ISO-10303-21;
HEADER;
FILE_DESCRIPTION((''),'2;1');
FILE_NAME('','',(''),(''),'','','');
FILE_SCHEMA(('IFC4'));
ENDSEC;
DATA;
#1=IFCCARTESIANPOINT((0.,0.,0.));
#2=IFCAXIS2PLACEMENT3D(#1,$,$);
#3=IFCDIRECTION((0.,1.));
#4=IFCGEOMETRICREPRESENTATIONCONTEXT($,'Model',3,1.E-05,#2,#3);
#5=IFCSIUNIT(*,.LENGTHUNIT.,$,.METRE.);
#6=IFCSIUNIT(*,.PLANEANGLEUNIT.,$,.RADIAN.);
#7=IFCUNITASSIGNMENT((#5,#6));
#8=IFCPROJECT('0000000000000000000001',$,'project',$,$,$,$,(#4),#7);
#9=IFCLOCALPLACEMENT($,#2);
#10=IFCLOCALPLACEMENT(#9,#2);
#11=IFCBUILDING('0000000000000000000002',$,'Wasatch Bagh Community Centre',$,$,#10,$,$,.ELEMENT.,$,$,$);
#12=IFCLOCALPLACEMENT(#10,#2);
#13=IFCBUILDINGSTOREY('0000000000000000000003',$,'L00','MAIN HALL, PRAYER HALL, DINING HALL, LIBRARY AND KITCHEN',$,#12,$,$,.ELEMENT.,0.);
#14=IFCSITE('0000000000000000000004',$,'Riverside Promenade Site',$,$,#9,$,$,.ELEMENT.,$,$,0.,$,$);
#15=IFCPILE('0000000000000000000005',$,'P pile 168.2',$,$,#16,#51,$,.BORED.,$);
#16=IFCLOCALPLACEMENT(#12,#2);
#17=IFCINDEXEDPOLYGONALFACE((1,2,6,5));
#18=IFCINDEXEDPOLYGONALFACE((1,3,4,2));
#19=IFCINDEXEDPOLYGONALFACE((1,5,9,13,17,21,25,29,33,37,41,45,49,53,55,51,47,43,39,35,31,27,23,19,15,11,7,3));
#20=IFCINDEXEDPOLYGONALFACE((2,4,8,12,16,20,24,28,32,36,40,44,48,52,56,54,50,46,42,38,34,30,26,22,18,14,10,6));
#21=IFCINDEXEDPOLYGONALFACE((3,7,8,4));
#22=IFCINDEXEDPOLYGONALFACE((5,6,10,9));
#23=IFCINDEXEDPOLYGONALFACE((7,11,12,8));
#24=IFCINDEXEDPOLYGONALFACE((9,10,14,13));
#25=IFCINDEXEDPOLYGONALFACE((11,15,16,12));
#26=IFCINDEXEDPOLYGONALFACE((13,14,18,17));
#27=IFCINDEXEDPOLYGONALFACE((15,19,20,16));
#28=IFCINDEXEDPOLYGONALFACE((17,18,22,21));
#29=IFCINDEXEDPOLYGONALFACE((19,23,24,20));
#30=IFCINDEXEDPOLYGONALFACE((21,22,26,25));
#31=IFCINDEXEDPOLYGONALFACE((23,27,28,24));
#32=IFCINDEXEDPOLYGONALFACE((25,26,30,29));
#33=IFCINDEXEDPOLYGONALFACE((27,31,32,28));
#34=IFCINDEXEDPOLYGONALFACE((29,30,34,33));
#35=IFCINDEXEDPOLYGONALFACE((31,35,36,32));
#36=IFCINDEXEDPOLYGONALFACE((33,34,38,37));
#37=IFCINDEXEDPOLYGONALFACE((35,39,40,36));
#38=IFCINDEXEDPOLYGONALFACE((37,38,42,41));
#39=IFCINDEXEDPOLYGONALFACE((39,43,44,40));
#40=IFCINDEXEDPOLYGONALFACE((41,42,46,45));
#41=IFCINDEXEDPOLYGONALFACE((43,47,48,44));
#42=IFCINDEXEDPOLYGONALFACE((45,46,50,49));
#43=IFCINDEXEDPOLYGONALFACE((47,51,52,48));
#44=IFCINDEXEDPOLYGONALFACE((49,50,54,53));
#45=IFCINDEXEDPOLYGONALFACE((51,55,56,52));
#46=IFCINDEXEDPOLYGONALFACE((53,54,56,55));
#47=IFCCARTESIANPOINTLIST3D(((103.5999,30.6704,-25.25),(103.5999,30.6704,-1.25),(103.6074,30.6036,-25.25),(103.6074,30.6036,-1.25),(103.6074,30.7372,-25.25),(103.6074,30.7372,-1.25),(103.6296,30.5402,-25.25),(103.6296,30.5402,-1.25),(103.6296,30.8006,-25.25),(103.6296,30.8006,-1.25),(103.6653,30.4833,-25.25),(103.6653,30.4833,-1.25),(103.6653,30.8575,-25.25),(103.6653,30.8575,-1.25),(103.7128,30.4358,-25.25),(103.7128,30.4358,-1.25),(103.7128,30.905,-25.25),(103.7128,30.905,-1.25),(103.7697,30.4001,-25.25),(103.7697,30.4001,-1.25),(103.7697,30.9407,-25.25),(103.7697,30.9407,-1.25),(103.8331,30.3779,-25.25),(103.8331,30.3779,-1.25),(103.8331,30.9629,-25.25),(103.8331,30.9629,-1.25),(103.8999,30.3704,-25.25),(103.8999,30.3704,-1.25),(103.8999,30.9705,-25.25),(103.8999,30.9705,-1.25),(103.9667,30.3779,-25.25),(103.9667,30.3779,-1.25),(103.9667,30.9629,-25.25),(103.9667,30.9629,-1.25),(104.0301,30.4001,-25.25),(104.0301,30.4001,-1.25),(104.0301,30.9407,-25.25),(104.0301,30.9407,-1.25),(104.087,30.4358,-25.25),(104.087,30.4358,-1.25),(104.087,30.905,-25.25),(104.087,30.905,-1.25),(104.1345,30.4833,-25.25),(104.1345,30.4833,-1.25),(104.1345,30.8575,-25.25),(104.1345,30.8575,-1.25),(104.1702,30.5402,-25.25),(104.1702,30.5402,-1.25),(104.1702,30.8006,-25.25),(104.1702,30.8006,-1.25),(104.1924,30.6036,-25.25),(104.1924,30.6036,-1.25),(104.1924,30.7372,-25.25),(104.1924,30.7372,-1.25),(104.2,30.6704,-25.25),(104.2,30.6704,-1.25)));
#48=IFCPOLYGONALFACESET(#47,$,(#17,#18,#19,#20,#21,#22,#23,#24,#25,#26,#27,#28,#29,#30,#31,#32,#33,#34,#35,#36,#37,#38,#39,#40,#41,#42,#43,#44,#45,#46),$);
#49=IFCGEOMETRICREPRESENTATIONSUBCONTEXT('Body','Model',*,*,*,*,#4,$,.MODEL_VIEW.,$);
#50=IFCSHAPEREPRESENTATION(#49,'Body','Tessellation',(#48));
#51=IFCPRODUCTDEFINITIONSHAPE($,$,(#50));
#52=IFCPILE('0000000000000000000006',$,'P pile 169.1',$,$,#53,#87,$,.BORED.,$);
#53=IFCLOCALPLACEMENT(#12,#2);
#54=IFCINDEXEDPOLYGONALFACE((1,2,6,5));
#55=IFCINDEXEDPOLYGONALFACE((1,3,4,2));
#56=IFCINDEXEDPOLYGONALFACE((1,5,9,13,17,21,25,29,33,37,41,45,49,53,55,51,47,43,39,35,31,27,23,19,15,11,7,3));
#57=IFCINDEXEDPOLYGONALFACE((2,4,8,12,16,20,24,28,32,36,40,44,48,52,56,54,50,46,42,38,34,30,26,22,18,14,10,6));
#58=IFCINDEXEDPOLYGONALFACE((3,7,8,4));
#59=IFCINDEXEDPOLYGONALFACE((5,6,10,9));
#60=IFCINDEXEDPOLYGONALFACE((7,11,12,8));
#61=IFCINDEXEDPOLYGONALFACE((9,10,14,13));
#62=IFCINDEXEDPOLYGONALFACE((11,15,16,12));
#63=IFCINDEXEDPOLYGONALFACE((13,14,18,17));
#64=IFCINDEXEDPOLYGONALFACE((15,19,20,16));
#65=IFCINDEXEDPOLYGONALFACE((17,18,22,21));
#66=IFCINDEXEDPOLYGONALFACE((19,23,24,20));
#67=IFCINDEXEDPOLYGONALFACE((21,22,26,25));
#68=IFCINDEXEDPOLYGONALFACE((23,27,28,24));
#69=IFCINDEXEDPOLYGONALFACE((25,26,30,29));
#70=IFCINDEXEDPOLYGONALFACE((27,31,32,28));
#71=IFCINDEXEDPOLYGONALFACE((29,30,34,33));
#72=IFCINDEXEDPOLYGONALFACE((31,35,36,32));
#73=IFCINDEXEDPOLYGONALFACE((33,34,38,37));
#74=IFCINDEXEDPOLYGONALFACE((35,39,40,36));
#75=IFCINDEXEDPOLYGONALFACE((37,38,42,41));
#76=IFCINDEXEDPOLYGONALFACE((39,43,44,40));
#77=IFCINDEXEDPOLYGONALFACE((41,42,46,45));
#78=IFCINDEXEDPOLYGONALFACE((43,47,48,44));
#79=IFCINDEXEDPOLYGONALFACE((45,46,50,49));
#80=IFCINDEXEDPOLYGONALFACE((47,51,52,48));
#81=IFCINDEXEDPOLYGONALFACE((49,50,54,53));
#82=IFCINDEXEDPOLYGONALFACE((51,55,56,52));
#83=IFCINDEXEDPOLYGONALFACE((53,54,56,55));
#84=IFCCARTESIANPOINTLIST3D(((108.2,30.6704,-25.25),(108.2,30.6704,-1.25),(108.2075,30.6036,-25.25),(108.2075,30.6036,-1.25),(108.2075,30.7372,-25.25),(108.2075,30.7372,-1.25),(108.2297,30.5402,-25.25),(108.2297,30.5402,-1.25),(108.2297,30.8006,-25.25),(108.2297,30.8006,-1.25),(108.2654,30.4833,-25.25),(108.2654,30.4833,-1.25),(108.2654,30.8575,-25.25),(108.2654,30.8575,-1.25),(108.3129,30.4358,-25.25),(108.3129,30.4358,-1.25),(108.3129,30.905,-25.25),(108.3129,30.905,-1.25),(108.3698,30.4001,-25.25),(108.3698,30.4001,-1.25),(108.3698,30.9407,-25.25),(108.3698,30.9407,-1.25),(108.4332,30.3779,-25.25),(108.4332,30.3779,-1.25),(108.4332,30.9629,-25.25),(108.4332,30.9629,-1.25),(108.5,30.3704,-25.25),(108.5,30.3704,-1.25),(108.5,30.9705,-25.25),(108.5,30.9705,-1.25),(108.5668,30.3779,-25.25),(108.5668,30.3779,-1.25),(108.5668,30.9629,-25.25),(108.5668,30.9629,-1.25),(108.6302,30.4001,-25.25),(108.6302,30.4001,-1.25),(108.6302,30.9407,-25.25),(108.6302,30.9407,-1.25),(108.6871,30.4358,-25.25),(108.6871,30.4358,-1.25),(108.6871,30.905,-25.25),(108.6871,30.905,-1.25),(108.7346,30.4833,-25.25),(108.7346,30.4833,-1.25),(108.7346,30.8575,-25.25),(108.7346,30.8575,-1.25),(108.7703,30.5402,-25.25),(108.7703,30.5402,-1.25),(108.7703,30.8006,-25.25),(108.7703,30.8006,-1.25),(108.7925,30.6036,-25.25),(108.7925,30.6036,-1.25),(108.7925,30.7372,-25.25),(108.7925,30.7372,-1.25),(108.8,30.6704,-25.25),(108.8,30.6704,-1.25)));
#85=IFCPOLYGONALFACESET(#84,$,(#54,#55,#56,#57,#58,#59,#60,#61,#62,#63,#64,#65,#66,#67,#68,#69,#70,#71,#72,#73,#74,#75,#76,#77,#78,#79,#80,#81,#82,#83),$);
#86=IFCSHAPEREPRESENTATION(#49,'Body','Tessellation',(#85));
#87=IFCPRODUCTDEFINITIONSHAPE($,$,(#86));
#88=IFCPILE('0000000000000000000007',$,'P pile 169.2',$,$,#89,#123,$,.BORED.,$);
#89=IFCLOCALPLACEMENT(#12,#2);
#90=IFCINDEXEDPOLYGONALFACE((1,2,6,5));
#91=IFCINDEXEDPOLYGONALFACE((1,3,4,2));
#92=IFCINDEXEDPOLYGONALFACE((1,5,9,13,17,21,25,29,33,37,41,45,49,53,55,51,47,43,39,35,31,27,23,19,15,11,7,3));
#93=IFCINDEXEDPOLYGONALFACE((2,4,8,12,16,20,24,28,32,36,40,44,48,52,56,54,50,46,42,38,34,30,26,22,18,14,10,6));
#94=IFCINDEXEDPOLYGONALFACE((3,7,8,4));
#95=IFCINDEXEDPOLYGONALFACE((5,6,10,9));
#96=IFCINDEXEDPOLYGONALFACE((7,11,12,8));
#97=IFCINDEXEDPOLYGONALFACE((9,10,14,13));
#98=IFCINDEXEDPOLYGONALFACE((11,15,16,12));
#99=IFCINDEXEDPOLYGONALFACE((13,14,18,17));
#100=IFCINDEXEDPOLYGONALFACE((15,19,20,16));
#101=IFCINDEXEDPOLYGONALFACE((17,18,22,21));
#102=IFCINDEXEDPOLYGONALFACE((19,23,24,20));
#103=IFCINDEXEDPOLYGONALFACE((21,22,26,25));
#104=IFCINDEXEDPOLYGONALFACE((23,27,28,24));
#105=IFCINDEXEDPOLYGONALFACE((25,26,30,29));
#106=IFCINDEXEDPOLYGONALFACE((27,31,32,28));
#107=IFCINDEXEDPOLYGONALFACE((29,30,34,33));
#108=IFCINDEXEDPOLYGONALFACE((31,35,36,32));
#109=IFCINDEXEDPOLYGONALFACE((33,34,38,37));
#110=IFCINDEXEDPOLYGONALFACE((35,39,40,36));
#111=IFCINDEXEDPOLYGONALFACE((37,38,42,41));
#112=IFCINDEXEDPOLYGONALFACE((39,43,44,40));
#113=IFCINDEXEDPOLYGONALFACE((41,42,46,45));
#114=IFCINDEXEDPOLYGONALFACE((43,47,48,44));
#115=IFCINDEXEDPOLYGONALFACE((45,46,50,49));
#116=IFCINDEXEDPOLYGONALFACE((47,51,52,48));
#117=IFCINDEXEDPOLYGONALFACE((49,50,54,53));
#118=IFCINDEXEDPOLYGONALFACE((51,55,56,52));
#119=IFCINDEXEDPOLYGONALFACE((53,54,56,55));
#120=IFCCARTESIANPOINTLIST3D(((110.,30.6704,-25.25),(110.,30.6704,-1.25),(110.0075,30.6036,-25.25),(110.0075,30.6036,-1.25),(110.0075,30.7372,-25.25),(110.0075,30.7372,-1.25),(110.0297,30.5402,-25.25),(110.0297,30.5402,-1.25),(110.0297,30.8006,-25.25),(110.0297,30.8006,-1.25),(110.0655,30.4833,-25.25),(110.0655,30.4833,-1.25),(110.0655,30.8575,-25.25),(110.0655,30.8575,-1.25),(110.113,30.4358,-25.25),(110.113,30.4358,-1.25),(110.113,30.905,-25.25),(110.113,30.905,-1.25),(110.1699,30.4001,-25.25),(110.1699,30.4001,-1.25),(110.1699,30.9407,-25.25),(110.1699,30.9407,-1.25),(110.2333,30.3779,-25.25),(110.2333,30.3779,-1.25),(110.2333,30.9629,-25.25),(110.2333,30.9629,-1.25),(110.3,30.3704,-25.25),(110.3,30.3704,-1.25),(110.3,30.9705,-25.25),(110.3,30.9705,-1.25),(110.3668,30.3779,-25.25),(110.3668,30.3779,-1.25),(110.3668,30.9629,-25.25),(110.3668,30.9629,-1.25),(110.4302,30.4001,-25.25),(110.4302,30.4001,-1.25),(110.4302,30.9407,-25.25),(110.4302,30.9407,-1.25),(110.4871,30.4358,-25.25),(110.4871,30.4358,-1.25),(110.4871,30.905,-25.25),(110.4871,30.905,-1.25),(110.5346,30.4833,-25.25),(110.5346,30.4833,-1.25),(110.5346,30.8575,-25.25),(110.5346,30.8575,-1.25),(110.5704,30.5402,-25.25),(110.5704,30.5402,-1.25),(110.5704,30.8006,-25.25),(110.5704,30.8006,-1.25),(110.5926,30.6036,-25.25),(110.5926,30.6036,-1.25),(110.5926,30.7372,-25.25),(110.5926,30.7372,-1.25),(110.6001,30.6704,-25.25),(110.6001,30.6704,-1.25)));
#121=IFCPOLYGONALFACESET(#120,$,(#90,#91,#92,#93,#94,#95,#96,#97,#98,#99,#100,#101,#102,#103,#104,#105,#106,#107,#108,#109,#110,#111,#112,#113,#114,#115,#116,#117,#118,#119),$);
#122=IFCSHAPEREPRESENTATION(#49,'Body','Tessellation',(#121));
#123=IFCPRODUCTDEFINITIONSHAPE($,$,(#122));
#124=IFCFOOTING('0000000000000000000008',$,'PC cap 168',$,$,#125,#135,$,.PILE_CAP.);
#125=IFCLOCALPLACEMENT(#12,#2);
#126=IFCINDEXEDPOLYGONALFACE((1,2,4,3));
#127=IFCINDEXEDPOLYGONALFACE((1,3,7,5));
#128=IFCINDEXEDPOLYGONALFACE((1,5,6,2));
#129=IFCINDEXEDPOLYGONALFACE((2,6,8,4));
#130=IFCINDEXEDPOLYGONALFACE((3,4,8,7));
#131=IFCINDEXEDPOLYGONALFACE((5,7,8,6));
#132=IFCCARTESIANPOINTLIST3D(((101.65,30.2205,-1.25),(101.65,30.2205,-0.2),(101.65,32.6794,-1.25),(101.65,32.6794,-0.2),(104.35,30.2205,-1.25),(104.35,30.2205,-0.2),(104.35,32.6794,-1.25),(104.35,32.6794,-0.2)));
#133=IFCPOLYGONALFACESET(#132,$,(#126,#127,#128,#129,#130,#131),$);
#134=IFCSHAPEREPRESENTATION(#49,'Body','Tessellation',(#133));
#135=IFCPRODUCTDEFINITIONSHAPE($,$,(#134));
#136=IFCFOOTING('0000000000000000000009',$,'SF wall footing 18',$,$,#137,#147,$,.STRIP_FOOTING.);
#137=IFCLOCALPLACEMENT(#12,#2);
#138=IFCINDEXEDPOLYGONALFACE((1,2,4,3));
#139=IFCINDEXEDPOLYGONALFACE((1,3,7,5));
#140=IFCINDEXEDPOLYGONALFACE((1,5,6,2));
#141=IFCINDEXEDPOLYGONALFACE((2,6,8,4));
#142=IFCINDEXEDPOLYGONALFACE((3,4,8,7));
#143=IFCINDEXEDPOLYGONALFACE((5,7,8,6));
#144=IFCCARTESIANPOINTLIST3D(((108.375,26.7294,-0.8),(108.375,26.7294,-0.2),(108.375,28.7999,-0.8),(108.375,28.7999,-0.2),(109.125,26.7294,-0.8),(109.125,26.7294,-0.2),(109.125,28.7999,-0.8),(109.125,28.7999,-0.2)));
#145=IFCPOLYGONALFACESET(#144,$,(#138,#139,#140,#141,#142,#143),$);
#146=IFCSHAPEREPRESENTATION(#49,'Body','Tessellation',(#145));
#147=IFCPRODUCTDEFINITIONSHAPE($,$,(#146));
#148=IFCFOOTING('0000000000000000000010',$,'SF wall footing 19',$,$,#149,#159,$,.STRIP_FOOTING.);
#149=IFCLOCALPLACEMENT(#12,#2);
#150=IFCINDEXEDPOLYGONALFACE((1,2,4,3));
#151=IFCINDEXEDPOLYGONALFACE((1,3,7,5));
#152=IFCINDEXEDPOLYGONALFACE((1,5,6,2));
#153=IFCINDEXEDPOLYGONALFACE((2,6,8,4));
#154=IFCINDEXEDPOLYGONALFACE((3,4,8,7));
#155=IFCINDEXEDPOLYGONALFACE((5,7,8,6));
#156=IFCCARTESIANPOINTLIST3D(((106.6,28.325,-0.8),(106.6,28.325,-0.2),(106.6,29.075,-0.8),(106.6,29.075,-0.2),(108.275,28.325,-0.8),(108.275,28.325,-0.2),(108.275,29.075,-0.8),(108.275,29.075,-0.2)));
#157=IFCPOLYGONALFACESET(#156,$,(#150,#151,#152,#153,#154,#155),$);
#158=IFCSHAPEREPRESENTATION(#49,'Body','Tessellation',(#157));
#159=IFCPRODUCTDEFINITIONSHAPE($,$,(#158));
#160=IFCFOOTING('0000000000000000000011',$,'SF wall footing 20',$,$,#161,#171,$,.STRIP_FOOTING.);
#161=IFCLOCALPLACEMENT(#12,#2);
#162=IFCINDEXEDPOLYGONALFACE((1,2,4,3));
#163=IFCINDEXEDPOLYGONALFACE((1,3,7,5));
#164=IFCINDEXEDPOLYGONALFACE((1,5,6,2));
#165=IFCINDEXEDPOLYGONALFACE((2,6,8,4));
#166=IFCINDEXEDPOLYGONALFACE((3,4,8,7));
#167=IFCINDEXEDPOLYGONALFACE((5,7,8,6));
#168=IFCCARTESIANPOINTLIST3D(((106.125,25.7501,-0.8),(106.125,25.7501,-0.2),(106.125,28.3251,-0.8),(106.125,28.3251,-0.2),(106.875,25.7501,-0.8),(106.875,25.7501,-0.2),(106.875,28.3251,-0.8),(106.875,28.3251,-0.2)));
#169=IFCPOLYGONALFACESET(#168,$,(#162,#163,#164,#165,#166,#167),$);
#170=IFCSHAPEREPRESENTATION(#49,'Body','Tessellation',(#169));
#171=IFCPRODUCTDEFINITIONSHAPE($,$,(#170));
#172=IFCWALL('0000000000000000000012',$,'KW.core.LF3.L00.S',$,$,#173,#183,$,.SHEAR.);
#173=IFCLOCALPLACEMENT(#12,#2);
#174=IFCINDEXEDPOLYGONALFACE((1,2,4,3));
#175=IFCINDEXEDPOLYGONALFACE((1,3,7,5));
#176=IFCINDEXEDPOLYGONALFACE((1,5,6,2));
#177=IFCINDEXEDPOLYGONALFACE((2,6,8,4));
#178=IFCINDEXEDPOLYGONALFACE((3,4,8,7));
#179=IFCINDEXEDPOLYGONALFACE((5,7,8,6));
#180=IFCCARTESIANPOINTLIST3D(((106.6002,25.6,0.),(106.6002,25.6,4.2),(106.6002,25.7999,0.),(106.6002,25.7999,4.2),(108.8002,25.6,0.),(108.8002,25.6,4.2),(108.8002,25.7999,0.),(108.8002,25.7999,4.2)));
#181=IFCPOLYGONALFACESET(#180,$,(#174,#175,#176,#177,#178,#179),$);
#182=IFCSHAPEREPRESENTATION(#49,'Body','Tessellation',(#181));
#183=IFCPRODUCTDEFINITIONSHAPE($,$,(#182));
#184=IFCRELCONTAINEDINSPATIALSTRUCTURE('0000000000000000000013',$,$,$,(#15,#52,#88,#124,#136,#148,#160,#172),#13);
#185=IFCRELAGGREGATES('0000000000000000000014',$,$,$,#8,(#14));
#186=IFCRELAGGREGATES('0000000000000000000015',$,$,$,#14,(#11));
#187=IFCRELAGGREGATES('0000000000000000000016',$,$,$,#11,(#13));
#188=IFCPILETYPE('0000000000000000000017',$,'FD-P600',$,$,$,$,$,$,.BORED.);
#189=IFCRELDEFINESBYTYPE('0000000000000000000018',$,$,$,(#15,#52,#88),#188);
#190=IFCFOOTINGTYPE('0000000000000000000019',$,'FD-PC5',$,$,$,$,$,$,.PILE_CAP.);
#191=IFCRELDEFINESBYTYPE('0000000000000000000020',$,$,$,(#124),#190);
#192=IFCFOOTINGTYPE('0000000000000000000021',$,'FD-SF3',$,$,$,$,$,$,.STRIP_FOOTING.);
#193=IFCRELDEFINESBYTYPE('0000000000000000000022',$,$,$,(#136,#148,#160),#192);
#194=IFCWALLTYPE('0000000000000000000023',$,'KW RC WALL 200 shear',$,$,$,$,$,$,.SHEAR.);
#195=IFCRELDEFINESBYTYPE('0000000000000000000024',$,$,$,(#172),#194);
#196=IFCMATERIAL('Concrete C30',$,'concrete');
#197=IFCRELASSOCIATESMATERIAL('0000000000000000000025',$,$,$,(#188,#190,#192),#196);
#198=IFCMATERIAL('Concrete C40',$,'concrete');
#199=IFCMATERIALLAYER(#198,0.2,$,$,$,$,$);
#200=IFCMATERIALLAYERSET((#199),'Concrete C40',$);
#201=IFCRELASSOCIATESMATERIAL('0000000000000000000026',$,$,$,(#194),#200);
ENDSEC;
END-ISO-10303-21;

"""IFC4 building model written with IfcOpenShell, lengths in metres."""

from ifc_helpers import new_model, si_unit, direction, frame, frame_2d, origin, origin_2d, place, context, subcontext, project, spatial, rectangle, circle, extrude, material, layer, layer_set, material_profile, profile_set, type_object, element, save


model = new_model("IFC4")

# Units and contexts
model_context = context("Model", 3, precision=1e-05, world=origin(), true_north=direction((0.0, 1.0)))
body_context = subcontext(model_context, "Body", "Model", "MODEL_VIEW")
ifc_project = project(units=[si_unit("LENGTHUNIT", "METRE"), si_unit("PLANEANGLEUNIT", "RADIAN")], contexts=[model_context])

# Site, building, storey
site_placement = place(None, origin())
site = spatial("IfcSite", under=ifc_project, at=site_placement, Name="Riverside Promenade Site", CompositionType="ELEMENT", RefElevation=0.0)
building_placement = place(site_placement, origin())
building = spatial("IfcBuilding", under=site, at=building_placement, Name="Wasatch Bagh Community Centre", CompositionType="ELEMENT")
storey_placement = place(building_placement, origin())
storey = spatial("IfcBuildingStorey", under=building, at=storey_placement, Name="L00", Description="MAIN HALL, PRAYER HALL, DINING HALL, LIBRARY AND KITCHEN", CompositionType="ELEMENT", Elevation=0.0)

# Piles
ifc_material_1 = material(Name="Concrete C30", Category="concrete")
ifc_material_profile_1 = material_profile(ifc_material_1, circle(Radius=0.3, at=origin_2d()), Name="RC D600")
ifc_profile_set_1 = profile_set([ifc_material_profile_1], Name="Concrete C30")
pile_type_1 = type_object("IfcPileType", Name="FD-P600", PredefinedType="BORED", material=ifc_profile_set_1)
for number, where, z_axis, x_axis, name in (
    (1, (103.8999, 30.6704, -1.25), (0.0, 0.0, -1.0), (1.0, 0.0, 0.0), "P pile 168.2"),
    (2, (108.5, 30.6704, -1.25), (0.0, 0.0, -1.0), (1.0, 0.0, 0.0), "P pile 169.1"),
    (3, (110.3, 30.6704, -1.25), (0.0, 0.0, -1.0), (1.0, 0.0, 0.0), "P pile 169.2"),
):
    element("IfcPile", number, at=place(storey_placement, frame(where, z_axis=z_axis, x_axis=x_axis)), inside=storey, type_object=pile_type_1, Name=name, PredefinedType="BORED", context=body_context, shape_type="SweptSolid", body=[
        extrude(circle(Radius=0.3, at=origin_2d()), origin(), (0.0, 0.0, 1.0), 24.0),
    ])

# Footings
footing_type_1 = type_object("IfcFootingType", Name="FD-PC5", PredefinedType="PILE_CAP", material=ifc_material_1)
footing_1_placement = place(storey_placement, frame((103.0, 31.45, -1.25), z_axis=(0.0, 0.0, 1.0), x_axis=(1.0, 0.0, 0.0)))
element("IfcFooting", 4, at=footing_1_placement, inside=storey, type_object=footing_type_1, Name="PC cap 168", PredefinedType="PILE_CAP", context=body_context, shape_type="SweptSolid", body=[
    extrude(rectangle(XDim=2.7, YDim=2.459, at=origin_2d()), origin(), (0.0, 0.0, 1.0), 1.05),
])
footing_type_2 = type_object("IfcFootingType", Name="FD-SF3", PredefinedType="STRIP_FOOTING", material=ifc_material_1)
footing_2_placement = place(storey_placement, frame((108.75, 27.7646, -0.8), z_axis=(0.0, 0.0, 1.0), x_axis=(0.0, 1.0, 0.0)))
element("IfcFooting", 5, at=footing_2_placement, inside=storey, type_object=footing_type_2, Name="SF wall footing 18", PredefinedType="STRIP_FOOTING", context=body_context, shape_type="SweptSolid", body=[
    extrude(rectangle(XDim=2.0706, YDim=0.75, at=origin_2d()), origin(), (0.0, 0.0, 1.0), 0.6001),
])
footing_3_placement = place(storey_placement, frame((107.4375, 28.7, -0.8), z_axis=(0.0, 0.0, 1.0), x_axis=(1.0, 0.0, 0.0)))
element("IfcFooting", 6, at=footing_3_placement, inside=storey, type_object=footing_type_2, Name="SF wall footing 19", PredefinedType="STRIP_FOOTING", context=body_context, shape_type="SweptSolid", body=[
    extrude(rectangle(XDim=1.675, YDim=0.75, at=origin_2d()), origin(), (0.0, 0.0, 1.0), 0.6001),
])
footing_4_placement = place(storey_placement, frame((106.5, 27.0376, -0.8), z_axis=(0.0, 0.0, 1.0), x_axis=(0.0, 1.0, 0.0)))
element("IfcFooting", 7, at=footing_4_placement, inside=storey, type_object=footing_type_2, Name="SF wall footing 20", PredefinedType="STRIP_FOOTING", context=body_context, shape_type="SweptSolid", body=[
    extrude(rectangle(XDim=2.575, YDim=0.75, at=origin_2d()), origin(), (0.0, 0.0, 1.0), 0.6001),
])

# Wall
ifc_material_2 = material(Name="Concrete C40", Category="concrete")
ifc_layer_1 = layer(ifc_material_2, 0.2)
ifc_layer_set_1 = layer_set([ifc_layer_1], Name="Concrete C40")
wall_type_1 = type_object("IfcWallType", Name="KW RC WALL 200 shear", PredefinedType="SHEAR", material=ifc_layer_set_1)
wall_1_placement = place(storey_placement, frame((106.6001, 25.7, 0.0), z_axis=(0.0, 0.0, 1.0), x_axis=(1.0, 0.0, 0.0)))
element("IfcWall", 8, at=wall_1_placement, inside=storey, type_object=wall_type_1, Name="KW.core.LF3.L00.S", PredefinedType="SHEAR", context=body_context, shape_type="SweptSolid", body=[
    extrude(rectangle(XDim=2.2, YDim=0.2, at=frame_2d((1.1001, 0.0))), origin(), (0.0, 0.0, 1.0), 4.2),
])

save(model, "model.ifc")
